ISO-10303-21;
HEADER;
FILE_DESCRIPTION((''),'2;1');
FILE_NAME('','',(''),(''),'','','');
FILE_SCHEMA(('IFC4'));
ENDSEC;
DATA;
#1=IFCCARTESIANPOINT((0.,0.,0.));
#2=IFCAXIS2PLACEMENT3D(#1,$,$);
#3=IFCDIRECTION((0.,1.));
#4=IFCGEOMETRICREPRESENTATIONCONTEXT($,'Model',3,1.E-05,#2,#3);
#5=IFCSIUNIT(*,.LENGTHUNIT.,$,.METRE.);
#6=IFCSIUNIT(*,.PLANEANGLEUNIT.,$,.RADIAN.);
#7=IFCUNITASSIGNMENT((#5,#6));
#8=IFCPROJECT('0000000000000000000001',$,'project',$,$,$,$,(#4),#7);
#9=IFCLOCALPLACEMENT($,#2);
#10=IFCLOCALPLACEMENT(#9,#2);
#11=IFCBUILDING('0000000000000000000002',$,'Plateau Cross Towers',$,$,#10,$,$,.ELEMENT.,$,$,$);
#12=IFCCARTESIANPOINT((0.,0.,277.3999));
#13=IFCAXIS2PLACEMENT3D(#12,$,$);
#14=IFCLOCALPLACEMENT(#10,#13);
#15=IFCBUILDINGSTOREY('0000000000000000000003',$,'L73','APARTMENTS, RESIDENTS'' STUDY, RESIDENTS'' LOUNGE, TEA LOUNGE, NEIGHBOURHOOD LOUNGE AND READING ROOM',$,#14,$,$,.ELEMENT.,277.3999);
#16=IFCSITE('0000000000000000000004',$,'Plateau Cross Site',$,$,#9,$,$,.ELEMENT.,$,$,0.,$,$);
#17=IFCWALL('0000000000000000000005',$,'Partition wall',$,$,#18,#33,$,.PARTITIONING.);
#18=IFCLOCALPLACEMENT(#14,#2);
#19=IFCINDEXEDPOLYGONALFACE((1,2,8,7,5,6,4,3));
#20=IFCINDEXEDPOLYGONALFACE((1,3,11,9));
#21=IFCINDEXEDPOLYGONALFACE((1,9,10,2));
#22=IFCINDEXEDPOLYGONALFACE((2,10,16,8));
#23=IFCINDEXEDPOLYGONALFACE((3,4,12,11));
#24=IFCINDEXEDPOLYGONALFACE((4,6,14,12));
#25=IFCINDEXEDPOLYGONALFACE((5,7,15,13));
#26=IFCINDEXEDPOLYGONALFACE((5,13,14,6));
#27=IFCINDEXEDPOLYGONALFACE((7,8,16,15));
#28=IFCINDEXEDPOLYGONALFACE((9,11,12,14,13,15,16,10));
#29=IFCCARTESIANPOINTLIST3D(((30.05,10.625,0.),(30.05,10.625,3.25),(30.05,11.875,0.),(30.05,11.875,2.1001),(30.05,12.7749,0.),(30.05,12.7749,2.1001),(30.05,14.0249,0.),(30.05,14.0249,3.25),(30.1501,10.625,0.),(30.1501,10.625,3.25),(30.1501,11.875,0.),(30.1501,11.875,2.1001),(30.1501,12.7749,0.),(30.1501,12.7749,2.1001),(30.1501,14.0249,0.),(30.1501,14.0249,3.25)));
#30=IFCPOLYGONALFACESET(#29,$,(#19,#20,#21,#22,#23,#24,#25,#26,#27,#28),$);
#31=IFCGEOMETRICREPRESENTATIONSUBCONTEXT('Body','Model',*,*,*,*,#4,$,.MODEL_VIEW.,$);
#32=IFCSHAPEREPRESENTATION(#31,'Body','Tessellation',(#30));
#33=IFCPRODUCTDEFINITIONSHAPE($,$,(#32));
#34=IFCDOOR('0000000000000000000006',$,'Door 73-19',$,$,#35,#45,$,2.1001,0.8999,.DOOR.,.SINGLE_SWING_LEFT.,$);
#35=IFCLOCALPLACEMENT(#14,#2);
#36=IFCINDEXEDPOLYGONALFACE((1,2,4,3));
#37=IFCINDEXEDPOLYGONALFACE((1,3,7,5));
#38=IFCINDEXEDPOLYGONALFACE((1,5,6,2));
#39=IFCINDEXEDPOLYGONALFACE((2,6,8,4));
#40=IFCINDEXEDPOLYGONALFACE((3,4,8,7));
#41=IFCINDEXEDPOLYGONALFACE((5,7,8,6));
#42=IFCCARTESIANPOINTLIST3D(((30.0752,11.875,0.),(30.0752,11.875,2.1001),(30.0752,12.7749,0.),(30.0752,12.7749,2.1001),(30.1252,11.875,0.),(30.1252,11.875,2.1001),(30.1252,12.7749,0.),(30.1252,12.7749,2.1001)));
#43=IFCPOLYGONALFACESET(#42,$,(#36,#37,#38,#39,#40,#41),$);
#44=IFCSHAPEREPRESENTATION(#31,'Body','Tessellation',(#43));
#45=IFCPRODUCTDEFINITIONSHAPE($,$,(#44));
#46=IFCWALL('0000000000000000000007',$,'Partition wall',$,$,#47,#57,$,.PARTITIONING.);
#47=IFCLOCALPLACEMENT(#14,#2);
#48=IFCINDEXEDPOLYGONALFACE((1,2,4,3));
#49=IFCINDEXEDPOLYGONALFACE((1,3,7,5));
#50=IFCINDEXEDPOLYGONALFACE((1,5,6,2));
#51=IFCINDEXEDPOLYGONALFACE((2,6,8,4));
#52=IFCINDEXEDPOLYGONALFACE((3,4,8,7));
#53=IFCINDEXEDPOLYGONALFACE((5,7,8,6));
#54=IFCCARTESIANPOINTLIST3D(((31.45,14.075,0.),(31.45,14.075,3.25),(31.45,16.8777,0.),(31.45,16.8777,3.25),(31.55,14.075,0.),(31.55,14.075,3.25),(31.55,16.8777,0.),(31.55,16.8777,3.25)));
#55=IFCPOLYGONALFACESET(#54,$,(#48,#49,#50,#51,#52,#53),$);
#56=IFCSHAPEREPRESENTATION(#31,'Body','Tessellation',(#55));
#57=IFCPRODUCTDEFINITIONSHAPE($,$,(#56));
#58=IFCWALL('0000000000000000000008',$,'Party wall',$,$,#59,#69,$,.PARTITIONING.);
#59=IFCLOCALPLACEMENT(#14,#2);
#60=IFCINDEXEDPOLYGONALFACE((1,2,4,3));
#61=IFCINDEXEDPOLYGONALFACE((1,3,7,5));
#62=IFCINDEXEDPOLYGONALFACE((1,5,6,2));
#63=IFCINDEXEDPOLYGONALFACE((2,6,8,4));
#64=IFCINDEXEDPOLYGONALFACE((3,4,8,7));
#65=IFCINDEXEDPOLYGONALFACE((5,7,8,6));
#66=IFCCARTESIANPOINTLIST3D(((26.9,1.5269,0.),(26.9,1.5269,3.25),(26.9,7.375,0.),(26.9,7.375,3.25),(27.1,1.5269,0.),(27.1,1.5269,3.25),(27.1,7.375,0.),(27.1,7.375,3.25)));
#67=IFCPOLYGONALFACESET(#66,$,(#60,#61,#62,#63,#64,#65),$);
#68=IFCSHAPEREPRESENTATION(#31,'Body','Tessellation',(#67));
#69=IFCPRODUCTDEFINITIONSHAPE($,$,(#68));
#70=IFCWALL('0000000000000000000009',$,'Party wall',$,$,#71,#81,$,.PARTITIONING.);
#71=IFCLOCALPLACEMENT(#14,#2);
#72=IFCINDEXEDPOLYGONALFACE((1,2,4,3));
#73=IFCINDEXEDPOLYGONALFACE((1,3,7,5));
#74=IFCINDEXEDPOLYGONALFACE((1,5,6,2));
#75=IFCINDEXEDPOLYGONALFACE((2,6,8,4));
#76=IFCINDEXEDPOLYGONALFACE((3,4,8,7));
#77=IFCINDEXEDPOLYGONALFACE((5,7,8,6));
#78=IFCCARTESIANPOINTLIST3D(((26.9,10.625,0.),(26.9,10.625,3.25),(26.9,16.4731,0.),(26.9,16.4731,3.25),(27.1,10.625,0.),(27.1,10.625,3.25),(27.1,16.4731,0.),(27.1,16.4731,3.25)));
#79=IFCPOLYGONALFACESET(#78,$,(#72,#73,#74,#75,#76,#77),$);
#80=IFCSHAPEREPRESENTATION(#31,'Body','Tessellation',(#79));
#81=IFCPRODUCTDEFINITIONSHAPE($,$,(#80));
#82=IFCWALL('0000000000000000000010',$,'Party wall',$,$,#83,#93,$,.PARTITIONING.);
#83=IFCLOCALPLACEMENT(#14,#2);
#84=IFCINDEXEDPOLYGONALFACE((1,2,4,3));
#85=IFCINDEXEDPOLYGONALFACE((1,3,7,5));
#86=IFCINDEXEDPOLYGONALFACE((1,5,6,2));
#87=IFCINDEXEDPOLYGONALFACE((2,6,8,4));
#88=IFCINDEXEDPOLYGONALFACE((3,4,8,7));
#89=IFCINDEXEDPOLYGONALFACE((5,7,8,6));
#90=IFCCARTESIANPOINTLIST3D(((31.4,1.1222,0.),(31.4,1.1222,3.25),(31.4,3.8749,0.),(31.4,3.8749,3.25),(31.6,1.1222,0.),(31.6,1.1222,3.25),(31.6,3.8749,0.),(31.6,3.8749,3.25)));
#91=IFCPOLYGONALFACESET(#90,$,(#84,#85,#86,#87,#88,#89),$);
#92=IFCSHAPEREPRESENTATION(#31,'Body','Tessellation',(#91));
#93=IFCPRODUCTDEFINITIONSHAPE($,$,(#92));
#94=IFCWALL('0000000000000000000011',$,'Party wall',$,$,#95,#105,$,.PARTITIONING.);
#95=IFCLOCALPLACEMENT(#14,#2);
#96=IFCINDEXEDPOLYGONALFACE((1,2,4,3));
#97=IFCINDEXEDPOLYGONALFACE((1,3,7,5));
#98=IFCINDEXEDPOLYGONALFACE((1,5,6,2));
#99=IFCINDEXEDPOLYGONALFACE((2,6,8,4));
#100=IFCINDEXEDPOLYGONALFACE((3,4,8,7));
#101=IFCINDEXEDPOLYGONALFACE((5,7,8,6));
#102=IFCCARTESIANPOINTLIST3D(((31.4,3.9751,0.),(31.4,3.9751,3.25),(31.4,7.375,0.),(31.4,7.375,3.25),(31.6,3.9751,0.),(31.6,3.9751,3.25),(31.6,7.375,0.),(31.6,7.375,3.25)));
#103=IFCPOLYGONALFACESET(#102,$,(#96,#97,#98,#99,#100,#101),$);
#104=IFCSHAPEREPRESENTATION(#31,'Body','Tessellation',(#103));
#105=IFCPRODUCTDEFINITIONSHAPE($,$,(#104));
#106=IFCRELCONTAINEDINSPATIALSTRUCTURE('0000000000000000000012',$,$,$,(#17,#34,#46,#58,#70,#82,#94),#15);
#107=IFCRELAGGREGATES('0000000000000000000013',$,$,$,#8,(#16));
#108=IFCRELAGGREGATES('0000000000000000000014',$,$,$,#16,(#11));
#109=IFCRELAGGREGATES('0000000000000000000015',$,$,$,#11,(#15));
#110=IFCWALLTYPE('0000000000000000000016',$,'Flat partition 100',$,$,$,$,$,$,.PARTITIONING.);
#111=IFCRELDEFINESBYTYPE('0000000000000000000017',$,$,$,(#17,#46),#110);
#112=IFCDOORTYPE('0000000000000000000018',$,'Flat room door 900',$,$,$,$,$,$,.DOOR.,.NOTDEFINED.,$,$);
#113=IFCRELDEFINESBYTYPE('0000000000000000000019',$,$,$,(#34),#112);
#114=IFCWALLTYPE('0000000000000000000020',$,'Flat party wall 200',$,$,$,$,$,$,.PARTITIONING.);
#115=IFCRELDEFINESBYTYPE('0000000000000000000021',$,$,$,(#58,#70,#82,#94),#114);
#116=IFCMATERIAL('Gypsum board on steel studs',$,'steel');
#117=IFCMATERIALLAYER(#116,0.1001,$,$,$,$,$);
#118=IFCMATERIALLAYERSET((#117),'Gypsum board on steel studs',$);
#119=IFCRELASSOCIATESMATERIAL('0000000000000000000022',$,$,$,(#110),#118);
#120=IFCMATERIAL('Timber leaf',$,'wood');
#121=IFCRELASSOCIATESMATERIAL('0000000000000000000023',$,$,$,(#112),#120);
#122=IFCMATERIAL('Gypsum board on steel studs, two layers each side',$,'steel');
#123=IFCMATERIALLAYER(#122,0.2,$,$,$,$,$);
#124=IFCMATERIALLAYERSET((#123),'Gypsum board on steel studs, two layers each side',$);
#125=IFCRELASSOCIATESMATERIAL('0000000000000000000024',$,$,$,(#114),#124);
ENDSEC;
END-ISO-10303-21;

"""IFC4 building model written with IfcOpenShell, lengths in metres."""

from ifc_helpers import new_model, si_unit, direction, frame, frame_2d, origin, place, context, subcontext, project, spatial, rectangle, extrude, material, layer, layer_set, type_object, element, fill, save


model = new_model("IFC4")

# Units and contexts
model_context = context("Model", 3, precision=1e-05, world=origin(), true_north=direction((0.0, 1.0)))
body_context = subcontext(model_context, "Body", "Model", "MODEL_VIEW")
ifc_project = project(units=[si_unit("LENGTHUNIT", "METRE"), si_unit("PLANEANGLEUNIT", "RADIAN")], contexts=[model_context])

# Site, building, storey
site_placement = place(None, origin())
site = spatial("IfcSite", under=ifc_project, at=site_placement, Name="Plateau Cross Site", CompositionType="ELEMENT", RefElevation=0.0)
building_placement = place(site_placement, origin())
building = spatial("IfcBuilding", under=site, at=building_placement, Name="Plateau Cross Towers", CompositionType="ELEMENT")
storey_placement = place(building_placement, frame((0.0, 0.0, 277.3999)))
storey = spatial("IfcBuildingStorey", under=building, at=storey_placement, Name="L73", Description="APARTMENTS, RESIDENTS' STUDY, RESIDENTS' LOUNGE, TEA LOUNGE, NEIGHBOURHOOD LOUNGE AND READING ROOM", CompositionType="ELEMENT", Elevation=277.3999)

# Shared definitions
ifc_material_1 = material(Name="Gypsum board on steel studs", Category="steel")
ifc_layer_1 = layer(ifc_material_1, 0.1001)
ifc_layer_set_1 = layer_set([ifc_layer_1], Name="Gypsum board on steel studs")
wall_type_1 = type_object("IfcWallType", Name="Flat partition 100", PredefinedType="PARTITIONING", material=ifc_layer_set_1)

# Shared definitions
ifc_material_2 = material(Name="Timber leaf", Category="wood")
door_type = type_object("IfcDoorType", Name="Flat room door 900", OperationType="NOTDEFINED", PredefinedType="DOOR", material=ifc_material_2)

# Wall, opening, door
wall_1_placement = place(storey_placement, frame((30.1001, 10.625, 0.0), z_axis=(0.0, 0.0, 1.0), x_axis=(0.0, 1.0, 0.0)))
wall_1 = element("IfcWall", 1, at=wall_1_placement, inside=storey, type_object=wall_type_1, Name="Partition wall", PredefinedType="PARTITIONING", context=body_context, shape_type="SweptSolid", body=[
    extrude(rectangle(XDim=3.3999, YDim=0.1001, at=frame_2d((1.7, 0.0))), origin(), (0.0, 0.0, 1.0), 3.25),
])
opening_1_placement = place(wall_1_placement, frame((1.25, 0.0, 0.0)))
opening_1 = element("IfcOpeningElement", 2, at=opening_1_placement, cuts=wall_1, PredefinedType="OPENING", context=body_context, shape_type="SweptSolid", body=[
    extrude(rectangle(XDim=0.8999, YDim=2.1001, at=frame_2d((0.45, 1.05))), frame((0.0, 0.0601, 0.0), z_axis=(0.0, -1.0, 0.0), x_axis=(1.0, 0.0, 0.0)), (0.0, 0.0, 1.0), 0.1201),
])
door_1_placement = place(opening_1_placement, origin())
door_1 = element("IfcDoor", 3, at=door_1_placement, inside=storey, type_object=door_type, Name="Door 73-19", OperationType="SINGLE_SWING_LEFT", OverallHeight=2.1001, OverallWidth=0.8999, PredefinedType="DOOR", context=body_context, shape_type="SweptSolid", body=[
    extrude(rectangle(XDim=0.8999, YDim=2.1001, at=frame_2d((0.45, 1.05))), frame((0.0, 0.0249, 0.0), z_axis=(0.0, -1.0, 0.0), x_axis=(1.0, 0.0, 0.0)), (0.0, 0.0, 1.0), 0.05),
])
fill(opening_1, door_1)

# Walls
wall_2_placement = place(storey_placement, frame((31.5, 16.8777, 0.0), z_axis=(0.0, 0.0, 1.0), x_axis=(0.0, -1.0, 0.0)))
element("IfcWall", 4, at=wall_2_placement, inside=storey, type_object=wall_type_1, Name="Partition wall", PredefinedType="PARTITIONING", context=body_context, shape_type="SweptSolid", body=[
    extrude(rectangle(XDim=2.8027, YDim=0.1001, at=frame_2d((1.4014, 0.0))), origin(), (0.0, 0.0, 1.0), 3.25),
])
ifc_material_3 = material(Name="Gypsum board on steel studs, two layers each side", Category="steel")
ifc_layer_2 = layer(ifc_material_3, 0.2)
ifc_layer_set_2 = layer_set([ifc_layer_2], Name="Gypsum board on steel studs, two layers each side")
wall_type_2 = type_object("IfcWallType", Name="Flat party wall 200", PredefinedType="PARTITIONING", material=ifc_layer_set_2)
for number, where, z_axis, x_axis, name in (
    (5, (27.0, 1.5269, 0.0), (0.0, 0.0, 1.0), (0.0, 1.0, 0.0), "Party wall"),
    (6, (27.0, 10.625, 0.0), (0.0, 0.0, 1.0), (0.0, 1.0, 0.0), "Party wall"),
):
    element("IfcWall", number, at=place(storey_placement, frame(where, z_axis=z_axis, x_axis=x_axis)), inside=storey, type_object=wall_type_2, Name=name, PredefinedType="PARTITIONING", context=body_context, shape_type="SweptSolid", body=[
        extrude(rectangle(XDim=5.8481, YDim=0.2, at=frame_2d((2.9241, 0.0))), origin(), (0.0, 0.0, 1.0), 3.25),
    ])
wall_3_placement = place(storey_placement, frame((31.5, 3.875, 0.0), z_axis=(0.0, 0.0, 1.0), x_axis=(0.0, -1.0, 0.0)))
element("IfcWall", 7, at=wall_3_placement, inside=storey, type_object=wall_type_2, Name="Party wall", PredefinedType="PARTITIONING", context=body_context, shape_type="SweptSolid", body=[
    extrude(rectangle(XDim=2.7527, YDim=0.2, at=frame_2d((1.3765, 0.0))), origin(), (0.0, 0.0, 1.0), 3.25),
])
wall_4_placement = place(storey_placement, frame((31.5, 3.9751, 0.0), z_axis=(0.0, 0.0, 1.0), x_axis=(0.0, 1.0, 0.0)))
element("IfcWall", 8, at=wall_4_placement, inside=storey, type_object=wall_type_2, Name="Party wall", PredefinedType="PARTITIONING", context=body_context, shape_type="SweptSolid", body=[
    extrude(rectangle(XDim=3.3999, YDim=0.2, at=frame_2d((1.7, 0.0))), origin(), (0.0, 0.0, 1.0), 3.25),
])

save(model, "model.ifc")
